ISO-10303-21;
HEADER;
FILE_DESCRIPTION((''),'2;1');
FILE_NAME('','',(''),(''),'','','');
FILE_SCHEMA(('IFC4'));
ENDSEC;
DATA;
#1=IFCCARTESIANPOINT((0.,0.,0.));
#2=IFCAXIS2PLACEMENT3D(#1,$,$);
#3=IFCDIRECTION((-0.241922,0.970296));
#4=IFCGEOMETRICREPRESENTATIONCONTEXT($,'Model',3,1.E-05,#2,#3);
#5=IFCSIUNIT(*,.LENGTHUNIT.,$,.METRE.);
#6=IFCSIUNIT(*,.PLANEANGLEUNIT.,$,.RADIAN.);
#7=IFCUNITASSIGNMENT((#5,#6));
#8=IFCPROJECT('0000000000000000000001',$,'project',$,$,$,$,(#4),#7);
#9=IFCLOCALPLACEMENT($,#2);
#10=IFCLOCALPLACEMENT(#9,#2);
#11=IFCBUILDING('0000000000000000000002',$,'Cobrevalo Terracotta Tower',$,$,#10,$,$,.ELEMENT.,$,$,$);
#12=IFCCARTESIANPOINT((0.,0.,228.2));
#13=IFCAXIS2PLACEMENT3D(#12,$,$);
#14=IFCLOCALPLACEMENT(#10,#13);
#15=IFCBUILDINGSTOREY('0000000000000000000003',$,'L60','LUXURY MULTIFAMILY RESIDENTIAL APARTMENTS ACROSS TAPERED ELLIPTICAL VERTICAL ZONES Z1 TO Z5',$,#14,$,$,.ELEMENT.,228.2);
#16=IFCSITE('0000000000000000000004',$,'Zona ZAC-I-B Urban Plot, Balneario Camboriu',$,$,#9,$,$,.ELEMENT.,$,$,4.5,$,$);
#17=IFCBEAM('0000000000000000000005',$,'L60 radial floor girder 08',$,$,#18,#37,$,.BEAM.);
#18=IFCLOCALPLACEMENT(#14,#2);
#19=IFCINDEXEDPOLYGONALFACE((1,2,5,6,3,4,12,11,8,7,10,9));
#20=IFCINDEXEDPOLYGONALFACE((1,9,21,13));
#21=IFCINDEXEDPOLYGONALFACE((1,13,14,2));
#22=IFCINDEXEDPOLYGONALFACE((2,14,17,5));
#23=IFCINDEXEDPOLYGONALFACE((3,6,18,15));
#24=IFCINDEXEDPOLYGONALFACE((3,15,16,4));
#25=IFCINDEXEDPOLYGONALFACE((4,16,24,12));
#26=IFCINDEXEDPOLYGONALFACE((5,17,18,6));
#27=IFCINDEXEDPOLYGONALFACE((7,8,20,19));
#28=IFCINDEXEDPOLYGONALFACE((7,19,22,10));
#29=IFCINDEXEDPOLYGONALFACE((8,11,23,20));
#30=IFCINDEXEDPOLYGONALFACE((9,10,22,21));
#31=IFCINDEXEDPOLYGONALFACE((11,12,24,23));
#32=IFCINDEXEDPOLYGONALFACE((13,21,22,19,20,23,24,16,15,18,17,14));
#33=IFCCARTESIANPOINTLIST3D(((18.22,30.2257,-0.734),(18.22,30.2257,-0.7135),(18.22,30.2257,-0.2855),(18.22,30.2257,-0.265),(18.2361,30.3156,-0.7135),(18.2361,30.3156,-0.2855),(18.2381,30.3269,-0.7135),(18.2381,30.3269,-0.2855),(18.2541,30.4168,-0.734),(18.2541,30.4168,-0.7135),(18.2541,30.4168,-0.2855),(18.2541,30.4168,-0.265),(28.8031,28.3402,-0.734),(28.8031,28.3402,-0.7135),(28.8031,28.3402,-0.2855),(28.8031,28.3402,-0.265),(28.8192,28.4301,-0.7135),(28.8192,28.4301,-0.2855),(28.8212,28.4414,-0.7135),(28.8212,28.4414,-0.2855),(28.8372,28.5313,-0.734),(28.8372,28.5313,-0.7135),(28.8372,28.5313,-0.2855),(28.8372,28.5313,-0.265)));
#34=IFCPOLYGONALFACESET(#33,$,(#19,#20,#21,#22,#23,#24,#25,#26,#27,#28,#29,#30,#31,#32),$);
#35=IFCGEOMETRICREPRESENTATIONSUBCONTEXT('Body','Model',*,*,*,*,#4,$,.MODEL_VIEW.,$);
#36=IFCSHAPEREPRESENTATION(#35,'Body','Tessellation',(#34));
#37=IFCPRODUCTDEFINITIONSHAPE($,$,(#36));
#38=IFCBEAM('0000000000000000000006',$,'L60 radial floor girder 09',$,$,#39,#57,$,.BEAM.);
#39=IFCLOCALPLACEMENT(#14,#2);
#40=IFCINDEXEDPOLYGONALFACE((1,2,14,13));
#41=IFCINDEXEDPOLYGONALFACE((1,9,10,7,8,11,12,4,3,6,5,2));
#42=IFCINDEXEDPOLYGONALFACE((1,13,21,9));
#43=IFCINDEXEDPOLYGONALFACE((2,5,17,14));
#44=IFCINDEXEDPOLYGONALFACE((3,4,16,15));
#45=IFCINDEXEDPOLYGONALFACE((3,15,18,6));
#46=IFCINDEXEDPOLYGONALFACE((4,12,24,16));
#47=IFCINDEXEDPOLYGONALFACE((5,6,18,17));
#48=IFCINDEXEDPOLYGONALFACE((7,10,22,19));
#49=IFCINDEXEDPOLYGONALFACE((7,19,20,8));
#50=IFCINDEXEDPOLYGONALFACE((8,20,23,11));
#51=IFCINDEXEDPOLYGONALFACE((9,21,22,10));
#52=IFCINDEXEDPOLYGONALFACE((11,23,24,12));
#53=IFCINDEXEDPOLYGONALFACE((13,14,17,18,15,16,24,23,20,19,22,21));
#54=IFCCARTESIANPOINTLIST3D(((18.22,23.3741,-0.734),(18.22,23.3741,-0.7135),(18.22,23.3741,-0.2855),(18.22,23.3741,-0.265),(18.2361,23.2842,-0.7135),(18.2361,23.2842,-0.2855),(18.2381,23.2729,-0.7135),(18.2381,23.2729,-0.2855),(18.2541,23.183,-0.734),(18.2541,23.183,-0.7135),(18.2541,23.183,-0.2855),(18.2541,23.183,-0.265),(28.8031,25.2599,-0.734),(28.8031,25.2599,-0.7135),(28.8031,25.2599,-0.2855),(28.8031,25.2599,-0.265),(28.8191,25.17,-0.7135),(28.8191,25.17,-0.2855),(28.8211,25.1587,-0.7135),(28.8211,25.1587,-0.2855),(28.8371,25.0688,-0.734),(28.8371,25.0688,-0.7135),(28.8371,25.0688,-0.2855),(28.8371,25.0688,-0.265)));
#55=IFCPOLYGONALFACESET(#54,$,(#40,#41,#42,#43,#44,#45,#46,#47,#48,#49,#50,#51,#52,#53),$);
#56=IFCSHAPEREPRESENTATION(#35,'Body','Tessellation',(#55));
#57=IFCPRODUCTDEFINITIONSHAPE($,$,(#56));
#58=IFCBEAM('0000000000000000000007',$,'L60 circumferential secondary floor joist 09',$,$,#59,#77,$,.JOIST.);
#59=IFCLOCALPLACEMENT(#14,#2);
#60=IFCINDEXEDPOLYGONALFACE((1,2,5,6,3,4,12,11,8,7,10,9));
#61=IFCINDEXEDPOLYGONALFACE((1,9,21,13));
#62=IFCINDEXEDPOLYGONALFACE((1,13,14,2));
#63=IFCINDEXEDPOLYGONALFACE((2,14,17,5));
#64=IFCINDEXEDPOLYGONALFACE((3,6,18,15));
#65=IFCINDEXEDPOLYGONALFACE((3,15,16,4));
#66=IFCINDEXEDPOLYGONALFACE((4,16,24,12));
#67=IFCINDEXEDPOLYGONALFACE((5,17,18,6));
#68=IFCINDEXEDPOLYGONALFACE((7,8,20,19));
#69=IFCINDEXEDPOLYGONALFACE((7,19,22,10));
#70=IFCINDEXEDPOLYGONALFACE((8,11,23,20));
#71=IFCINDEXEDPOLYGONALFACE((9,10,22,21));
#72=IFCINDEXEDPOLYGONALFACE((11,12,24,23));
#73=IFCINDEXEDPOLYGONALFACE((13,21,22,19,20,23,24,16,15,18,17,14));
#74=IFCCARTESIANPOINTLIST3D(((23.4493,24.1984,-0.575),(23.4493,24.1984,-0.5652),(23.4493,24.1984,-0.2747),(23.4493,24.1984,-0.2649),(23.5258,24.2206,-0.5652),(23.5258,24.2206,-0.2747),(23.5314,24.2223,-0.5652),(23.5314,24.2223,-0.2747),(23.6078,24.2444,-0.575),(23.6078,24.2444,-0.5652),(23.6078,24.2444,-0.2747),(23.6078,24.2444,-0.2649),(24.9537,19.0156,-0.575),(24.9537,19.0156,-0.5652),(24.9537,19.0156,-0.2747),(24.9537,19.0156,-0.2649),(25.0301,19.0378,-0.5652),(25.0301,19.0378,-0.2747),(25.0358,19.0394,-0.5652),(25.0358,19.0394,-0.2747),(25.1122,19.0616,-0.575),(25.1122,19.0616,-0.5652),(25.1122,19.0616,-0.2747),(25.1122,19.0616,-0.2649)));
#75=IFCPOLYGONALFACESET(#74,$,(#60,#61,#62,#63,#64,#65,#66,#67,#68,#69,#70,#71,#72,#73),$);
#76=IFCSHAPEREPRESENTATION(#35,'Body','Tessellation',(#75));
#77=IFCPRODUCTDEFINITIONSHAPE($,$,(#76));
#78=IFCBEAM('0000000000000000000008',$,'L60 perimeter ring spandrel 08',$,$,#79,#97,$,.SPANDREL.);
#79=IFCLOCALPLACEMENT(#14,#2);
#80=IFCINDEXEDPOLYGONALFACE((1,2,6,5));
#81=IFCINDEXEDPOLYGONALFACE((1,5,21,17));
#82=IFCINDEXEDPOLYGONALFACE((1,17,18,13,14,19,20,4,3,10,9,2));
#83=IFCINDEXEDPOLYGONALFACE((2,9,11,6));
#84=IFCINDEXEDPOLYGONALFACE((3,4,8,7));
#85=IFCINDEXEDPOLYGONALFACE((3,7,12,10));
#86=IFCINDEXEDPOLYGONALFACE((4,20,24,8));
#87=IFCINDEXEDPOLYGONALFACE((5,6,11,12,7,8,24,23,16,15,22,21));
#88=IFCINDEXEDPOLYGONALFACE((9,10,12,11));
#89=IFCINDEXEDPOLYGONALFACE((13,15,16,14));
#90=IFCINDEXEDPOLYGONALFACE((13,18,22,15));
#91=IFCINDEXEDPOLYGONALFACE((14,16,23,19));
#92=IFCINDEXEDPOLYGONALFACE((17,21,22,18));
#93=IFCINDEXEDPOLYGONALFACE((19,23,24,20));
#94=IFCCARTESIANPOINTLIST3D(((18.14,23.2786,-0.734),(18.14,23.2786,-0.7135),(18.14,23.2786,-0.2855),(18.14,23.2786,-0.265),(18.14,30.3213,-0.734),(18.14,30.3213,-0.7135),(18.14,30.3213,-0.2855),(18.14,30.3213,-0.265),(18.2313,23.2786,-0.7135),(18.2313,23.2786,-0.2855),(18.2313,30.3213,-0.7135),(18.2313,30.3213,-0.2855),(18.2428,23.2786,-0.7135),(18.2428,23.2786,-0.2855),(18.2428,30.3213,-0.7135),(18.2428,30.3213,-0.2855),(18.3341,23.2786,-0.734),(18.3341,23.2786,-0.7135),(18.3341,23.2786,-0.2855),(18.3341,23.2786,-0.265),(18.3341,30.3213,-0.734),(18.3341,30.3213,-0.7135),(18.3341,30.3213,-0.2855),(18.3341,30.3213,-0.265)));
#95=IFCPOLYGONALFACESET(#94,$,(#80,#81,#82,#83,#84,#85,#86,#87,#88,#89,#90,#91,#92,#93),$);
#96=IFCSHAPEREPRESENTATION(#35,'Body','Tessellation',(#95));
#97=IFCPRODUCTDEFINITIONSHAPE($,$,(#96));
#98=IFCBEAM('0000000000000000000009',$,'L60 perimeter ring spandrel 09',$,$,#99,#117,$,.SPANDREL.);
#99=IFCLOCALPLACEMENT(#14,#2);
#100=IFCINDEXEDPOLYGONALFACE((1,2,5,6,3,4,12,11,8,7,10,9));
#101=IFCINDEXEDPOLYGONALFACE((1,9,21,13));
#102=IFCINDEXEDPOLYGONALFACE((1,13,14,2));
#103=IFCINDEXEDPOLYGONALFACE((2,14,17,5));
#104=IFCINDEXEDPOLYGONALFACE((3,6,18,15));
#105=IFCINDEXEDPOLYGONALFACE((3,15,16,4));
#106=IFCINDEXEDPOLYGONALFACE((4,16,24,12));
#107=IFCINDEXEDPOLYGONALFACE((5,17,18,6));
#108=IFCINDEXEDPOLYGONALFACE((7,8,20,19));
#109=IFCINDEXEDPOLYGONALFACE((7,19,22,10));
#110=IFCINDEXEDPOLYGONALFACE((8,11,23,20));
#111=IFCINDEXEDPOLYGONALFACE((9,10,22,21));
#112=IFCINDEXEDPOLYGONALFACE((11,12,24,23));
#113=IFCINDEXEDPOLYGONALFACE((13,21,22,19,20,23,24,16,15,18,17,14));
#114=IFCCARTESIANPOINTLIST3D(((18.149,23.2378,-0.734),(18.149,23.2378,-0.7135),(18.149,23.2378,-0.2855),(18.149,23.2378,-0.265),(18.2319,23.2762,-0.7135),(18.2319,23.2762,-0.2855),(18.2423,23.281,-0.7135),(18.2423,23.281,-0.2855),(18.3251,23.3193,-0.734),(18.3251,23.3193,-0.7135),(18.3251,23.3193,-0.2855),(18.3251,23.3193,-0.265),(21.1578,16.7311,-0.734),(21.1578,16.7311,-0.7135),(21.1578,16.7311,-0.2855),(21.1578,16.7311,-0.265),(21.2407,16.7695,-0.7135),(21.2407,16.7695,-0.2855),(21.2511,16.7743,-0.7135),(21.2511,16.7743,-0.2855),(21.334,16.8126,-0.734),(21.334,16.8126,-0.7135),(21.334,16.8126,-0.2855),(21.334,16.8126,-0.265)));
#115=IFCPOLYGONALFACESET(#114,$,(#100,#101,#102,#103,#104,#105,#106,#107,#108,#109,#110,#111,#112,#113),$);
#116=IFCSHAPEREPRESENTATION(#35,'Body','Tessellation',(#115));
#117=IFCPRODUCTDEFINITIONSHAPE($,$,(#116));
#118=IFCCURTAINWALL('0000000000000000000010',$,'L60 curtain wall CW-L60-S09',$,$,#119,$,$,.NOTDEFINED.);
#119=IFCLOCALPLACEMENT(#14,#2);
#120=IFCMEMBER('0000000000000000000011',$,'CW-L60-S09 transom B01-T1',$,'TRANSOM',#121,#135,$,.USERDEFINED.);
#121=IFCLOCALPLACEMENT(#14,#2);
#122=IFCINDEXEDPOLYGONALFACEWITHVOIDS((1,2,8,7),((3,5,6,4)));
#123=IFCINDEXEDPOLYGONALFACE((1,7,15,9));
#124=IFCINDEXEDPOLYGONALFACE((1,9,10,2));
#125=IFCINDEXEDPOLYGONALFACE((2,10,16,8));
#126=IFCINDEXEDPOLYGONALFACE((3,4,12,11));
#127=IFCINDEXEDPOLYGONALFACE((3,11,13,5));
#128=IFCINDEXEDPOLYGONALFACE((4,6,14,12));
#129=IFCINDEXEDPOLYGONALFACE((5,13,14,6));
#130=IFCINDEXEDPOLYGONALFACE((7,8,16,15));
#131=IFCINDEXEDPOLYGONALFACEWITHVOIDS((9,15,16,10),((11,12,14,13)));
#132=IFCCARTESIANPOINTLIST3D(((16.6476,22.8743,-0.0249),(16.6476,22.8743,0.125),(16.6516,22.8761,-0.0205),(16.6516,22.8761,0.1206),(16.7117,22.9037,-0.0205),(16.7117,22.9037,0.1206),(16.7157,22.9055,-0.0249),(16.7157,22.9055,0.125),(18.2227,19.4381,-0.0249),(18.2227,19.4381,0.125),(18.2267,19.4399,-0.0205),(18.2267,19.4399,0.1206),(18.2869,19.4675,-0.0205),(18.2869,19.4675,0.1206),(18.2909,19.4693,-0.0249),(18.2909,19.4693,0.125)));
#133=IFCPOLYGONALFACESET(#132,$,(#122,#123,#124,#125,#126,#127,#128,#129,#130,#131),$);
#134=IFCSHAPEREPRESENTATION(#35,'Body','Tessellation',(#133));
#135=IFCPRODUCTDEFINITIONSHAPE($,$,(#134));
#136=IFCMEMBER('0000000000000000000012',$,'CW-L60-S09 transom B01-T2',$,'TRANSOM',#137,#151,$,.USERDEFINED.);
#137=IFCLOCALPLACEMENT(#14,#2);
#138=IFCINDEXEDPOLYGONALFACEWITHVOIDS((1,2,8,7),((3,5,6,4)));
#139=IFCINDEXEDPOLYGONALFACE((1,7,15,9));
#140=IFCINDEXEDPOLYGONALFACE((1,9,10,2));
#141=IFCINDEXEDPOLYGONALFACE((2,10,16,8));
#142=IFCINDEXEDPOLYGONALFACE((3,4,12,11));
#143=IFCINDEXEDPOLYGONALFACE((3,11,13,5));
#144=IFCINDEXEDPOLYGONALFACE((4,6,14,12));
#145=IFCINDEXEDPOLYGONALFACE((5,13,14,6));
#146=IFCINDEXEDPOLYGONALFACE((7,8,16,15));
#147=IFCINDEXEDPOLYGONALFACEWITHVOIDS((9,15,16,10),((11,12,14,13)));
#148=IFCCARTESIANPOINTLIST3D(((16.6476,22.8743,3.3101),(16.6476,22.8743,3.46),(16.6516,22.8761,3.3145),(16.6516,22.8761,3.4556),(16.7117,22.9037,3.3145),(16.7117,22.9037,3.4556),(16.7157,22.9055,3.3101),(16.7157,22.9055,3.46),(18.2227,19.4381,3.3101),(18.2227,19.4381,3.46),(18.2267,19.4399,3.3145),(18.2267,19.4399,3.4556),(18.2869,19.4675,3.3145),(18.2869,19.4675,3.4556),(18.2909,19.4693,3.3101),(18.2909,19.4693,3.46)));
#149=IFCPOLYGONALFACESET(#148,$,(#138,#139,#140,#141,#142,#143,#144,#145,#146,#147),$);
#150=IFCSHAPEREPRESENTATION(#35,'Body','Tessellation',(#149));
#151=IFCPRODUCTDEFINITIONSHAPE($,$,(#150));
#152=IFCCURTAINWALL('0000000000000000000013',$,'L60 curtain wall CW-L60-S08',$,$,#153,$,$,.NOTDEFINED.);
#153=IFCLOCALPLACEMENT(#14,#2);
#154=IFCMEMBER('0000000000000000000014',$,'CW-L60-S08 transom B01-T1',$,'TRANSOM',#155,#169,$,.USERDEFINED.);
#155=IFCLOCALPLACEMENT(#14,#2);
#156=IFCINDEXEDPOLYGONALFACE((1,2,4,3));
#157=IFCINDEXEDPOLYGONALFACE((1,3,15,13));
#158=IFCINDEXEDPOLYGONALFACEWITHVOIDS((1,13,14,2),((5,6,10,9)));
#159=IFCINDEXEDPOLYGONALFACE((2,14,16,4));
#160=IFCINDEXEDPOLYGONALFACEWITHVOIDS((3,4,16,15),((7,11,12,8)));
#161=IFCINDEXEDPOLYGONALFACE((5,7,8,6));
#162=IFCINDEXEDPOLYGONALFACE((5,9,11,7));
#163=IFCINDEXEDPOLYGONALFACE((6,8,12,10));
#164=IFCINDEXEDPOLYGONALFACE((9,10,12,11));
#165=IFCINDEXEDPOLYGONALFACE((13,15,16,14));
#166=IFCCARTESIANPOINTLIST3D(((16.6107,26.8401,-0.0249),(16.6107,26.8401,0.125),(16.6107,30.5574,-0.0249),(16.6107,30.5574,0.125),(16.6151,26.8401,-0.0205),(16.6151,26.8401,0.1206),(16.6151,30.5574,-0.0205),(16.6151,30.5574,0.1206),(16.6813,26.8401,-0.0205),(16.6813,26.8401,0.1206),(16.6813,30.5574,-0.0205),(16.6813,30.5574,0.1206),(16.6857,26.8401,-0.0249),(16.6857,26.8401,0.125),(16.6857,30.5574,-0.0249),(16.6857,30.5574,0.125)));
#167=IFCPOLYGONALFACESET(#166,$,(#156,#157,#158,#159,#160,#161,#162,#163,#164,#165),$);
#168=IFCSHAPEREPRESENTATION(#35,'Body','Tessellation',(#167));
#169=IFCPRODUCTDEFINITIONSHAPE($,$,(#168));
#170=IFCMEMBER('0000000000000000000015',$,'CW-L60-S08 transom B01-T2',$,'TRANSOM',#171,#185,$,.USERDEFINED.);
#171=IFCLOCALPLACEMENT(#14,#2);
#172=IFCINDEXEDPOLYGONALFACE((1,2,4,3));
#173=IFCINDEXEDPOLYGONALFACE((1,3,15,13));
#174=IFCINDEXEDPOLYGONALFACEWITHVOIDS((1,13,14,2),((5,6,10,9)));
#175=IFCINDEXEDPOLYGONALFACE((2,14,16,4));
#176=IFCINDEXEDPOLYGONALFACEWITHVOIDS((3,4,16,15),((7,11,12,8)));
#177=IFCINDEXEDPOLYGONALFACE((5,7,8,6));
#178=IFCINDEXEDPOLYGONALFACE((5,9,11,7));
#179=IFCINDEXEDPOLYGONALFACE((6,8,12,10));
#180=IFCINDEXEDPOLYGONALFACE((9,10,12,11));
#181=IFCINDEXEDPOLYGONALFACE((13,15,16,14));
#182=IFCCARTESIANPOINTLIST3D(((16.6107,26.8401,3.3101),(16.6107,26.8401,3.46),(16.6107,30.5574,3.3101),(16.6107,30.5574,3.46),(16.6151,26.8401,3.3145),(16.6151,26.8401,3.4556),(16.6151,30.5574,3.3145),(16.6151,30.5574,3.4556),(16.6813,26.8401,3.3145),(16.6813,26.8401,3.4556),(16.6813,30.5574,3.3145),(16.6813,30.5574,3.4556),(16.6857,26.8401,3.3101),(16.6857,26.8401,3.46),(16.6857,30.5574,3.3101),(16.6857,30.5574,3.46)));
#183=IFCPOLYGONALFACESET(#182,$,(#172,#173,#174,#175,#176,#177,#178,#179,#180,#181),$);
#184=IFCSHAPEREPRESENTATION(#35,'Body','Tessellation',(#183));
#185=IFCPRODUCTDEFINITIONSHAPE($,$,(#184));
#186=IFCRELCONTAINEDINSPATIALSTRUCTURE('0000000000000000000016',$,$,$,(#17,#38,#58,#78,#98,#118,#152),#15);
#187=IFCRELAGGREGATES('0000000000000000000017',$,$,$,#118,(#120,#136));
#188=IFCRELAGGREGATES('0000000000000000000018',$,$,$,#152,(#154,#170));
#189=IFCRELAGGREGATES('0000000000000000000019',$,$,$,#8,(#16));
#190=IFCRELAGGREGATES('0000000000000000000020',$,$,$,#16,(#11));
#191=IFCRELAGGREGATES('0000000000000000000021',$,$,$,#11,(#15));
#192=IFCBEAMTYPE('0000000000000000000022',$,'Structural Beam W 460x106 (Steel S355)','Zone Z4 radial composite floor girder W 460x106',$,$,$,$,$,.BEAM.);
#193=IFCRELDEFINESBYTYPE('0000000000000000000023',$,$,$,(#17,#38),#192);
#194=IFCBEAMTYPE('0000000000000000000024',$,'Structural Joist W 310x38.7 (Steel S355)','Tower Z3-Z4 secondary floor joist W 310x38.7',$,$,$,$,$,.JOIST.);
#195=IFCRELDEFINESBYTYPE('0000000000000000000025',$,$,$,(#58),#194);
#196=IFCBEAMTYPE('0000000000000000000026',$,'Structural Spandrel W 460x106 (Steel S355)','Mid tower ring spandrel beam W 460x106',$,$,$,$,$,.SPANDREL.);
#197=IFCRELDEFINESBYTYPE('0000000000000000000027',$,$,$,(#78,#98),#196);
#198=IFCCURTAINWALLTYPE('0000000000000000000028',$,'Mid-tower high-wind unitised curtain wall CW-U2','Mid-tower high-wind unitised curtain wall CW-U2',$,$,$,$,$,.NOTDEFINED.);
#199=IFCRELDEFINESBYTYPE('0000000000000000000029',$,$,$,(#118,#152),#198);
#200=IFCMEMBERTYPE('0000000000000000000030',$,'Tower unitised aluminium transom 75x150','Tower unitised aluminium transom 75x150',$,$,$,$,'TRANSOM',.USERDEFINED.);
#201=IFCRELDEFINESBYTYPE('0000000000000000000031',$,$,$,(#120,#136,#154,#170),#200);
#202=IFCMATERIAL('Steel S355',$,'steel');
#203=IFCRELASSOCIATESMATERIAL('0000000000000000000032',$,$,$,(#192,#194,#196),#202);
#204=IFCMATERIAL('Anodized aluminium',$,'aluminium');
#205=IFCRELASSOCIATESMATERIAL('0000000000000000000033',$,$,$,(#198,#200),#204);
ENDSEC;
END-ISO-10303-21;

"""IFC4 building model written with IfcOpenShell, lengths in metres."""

from ifc_helpers import new_model, si_unit, direction, frame, origin, origin_2d, place, context, subcontext, project, spatial, hollow_rectangle, i_section, extrude, source, transform, mapped, material, material_profile, profile_set, type_object, element, aggregate, save


model = new_model("IFC4")

# Units and contexts
model_context = context("Model", 3, precision=1e-05, world=origin(), true_north=direction((-0.241922, 0.970296)))
body_context = subcontext(model_context, "Body", "Model", "MODEL_VIEW")
ifc_project = project(units=[si_unit("LENGTHUNIT", "METRE"), si_unit("PLANEANGLEUNIT", "RADIAN")], contexts=[model_context])

# Site, building, storey
site_placement = place(None, origin())
site = spatial("IfcSite", under=ifc_project, at=site_placement, Name="Zona ZAC-I-B Urban Plot, Balneario Camboriu", CompositionType="ELEMENT", RefElevation=4.5)
building_placement = place(site_placement, origin())
building = spatial("IfcBuilding", under=site, at=building_placement, Name="Cobrevalo Terracotta Tower", CompositionType="ELEMENT")
storey_placement = place(building_placement, frame((0.0, 0.0, 228.2)))
storey = spatial("IfcBuildingStorey", under=building, at=storey_placement, Name="L60", Description="LUXURY MULTIFAMILY RESIDENTIAL APARTMENTS ACROSS TAPERED ELLIPTICAL VERTICAL ZONES Z1 TO Z5", CompositionType="ELEMENT", Elevation=228.2)

# Shared definitions
ifc_material_1 = material(Name="Steel S355", Category="steel")

# Beams
ifc_material_profile_1 = material_profile(ifc_material_1, i_section(OverallWidth=0.1941, OverallDepth=0.469, WebThickness=0.0115, FlangeThickness=0.0205, at=origin_2d()), Name="W 460x106")
ifc_profile_set_1 = profile_set([ifc_material_profile_1], Name="Steel S355")
beam_type_1 = type_object("IfcBeamType", Name="Structural Beam W 460x106 (Steel S355)", Description="Zone Z4 radial composite floor girder W 460x106", PredefinedType="BEAM", material=ifc_profile_set_1)
for number, where, z_axis, x_axis, name in (
    (1, (18.2371, 30.3213, -0.4995), (0.984497, -0.175401, 0.0), (0.175401, 0.984497, 0.0), "L60 radial floor girder 08"),
    (2, (18.2371, 23.2786, -0.4995), (0.984493, 0.175423, 0.0), (-0.175423, 0.984493, 0.0), "L60 radial floor girder 09"),
):
    element("IfcBeam", number, at=place(storey_placement, frame(where, z_axis=z_axis, x_axis=x_axis)), inside=storey, type_object=beam_type_1, Name=name, PredefinedType="BEAM", context=body_context, shape_type="SweptSolid", body=[
        extrude(i_section(OverallWidth=0.1941, OverallDepth=0.469, WebThickness=0.0115, FlangeThickness=0.0205, at=origin_2d()), origin(), (0.0, 0.0, 1.0), 10.7498),
    ])
ifc_material_profile_2 = material_profile(ifc_material_1, i_section(OverallWidth=0.165, OverallDepth=0.3101, WebThickness=0.0059, FlangeThickness=0.0098, at=origin_2d()), Name="W 310x38.7")
ifc_profile_set_2 = profile_set([ifc_material_profile_2], Name="Steel S355")
beam_type_2 = type_object("IfcBeamType", Name="Structural Joist W 310x38.7 (Steel S355)", Description="Tower Z3-Z4 secondary floor joist W 310x38.7", PredefinedType="JOIST", material=ifc_profile_set_2)
beam_1_placement = place(storey_placement, frame((23.5286, 24.2214, -0.4199), z_axis=(0.278758, -0.960361, 0.0), x_axis=(0.960361, 0.278758, 0.0)))
element("IfcBeam", 3, at=beam_1_placement, inside=storey, type_object=beam_type_2, Name="L60 circumferential secondary floor joist 09", PredefinedType="JOIST", context=body_context, shape_type="SweptSolid", body=[
    extrude(i_section(OverallWidth=0.165, OverallDepth=0.3101, WebThickness=0.0059, FlangeThickness=0.0098, at=origin_2d()), origin(), (0.0, 0.0, 1.0), 5.3967),
])
ifc_material_profile_3 = material_profile(ifc_material_1, i_section(OverallWidth=0.1941, OverallDepth=0.469, WebThickness=0.0115, FlangeThickness=0.0205, at=origin_2d()), Name="W 460x106")
ifc_profile_set_3 = profile_set([ifc_material_profile_3], Name="Steel S355")
beam_type_3 = type_object("IfcBeamType", Name="Structural Spandrel W 460x106 (Steel S355)", Description="Mid tower ring spandrel beam W 460x106", PredefinedType="SPANDREL", material=ifc_profile_set_3)
beam_2_placement = place(storey_placement, frame((18.2371, 30.3213, -0.4995), z_axis=(0.0, -1.0, 0.0), x_axis=(1.0, 0.0, 0.0)))
element("IfcBeam", 4, at=beam_2_placement, inside=storey, type_object=beam_type_3, Name="L60 perimeter ring spandrel 08", PredefinedType="SPANDREL", context=body_context, shape_type="SweptSolid", body=[
    extrude(i_section(OverallWidth=0.1941, OverallDepth=0.469, WebThickness=0.0115, FlangeThickness=0.0205, at=origin_2d()), origin(), (0.0, 0.0, 1.0), 7.0427),
])
beam_3_placement = place(storey_placement, frame((18.2371, 23.2786, -0.4995), z_axis=(0.419719, -0.907654, 0.0), x_axis=(0.907654, 0.419719, 0.0)))
element("IfcBeam", 5, at=beam_3_placement, inside=storey, type_object=beam_type_3, Name="L60 perimeter ring spandrel 09", PredefinedType="SPANDREL", context=body_context, shape_type="SweptSolid", body=[
    extrude(i_section(OverallWidth=0.1941, OverallDepth=0.469, WebThickness=0.0115, FlangeThickness=0.0205, at=origin_2d()), origin(), (0.0, 0.0, 1.0), 7.1687),
])

# Curtain walls, members
ifc_material_2 = material(Name="Anodized aluminium", Category="aluminium")
curtain_wall_type = type_object("IfcCurtainWallType", Name="Mid-tower high-wind unitised curtain wall CW-U2", Description="Mid-tower high-wind unitised curtain wall CW-U2", PredefinedType="NOTDEFINED", material=ifc_material_2)
curtain_wall_1_placement = place(storey_placement, origin())
curtain_wall_1 = element("IfcCurtainWall", 6, at=curtain_wall_1_placement, inside=storey, type_object=curtain_wall_type, Name="L60 curtain wall CW-L60-S09", PredefinedType="NOTDEFINED")
ifc_material_profile_4 = material_profile(ifc_material_2, hollow_rectangle(XDim=0.075, YDim=0.1499, WallThickness=0.0044, at=origin_2d()), Name="CWT 75x150")
ifc_profile_set_4 = profile_set([ifc_material_profile_4], Name="Anodized aluminium")
member_type_1 = type_object("IfcMemberType", Name="Tower unitised aluminium transom 75x150", Description="Tower unitised aluminium transom 75x150", ElementType="TRANSOM", PredefinedType="USERDEFINED", material=ifc_profile_set_4)
shared_shape_1 = source(origin(), body_context, "Body", "SweptSolid", [
    extrude(hollow_rectangle(XDim=0.075, YDim=0.1499, WallThickness=0.0044, at=origin_2d()), origin(), (0.0, 0.0, 1.0), 3.78),
])
member_1_placement = place(storey_placement, frame((16.6816, 22.8899, 0.05), z_axis=(0.416706, -0.909041, 0.0), x_axis=(0.909041, 0.416706, 0.0)))
member_1 = element("IfcMember", 7, at=member_1_placement, type_object=member_type_1, Name="CW-L60-S09 transom B01-T1", ObjectType="TRANSOM", PredefinedType="USERDEFINED", context=body_context, shape_type="MappedRepresentation", body=[
    mapped(shared_shape_1, transform((0.0, 0.0, 0.0), scale=1.0)),
])
member_2_placement = place(storey_placement, frame((16.6816, 22.8899, 3.385), z_axis=(0.416706, -0.909041, 0.0), x_axis=(0.909041, 0.416706, 0.0)))
member_2 = element("IfcMember", 8, at=member_2_placement, type_object=member_type_1, Name="CW-L60-S09 transom B01-T2", ObjectType="TRANSOM", PredefinedType="USERDEFINED", context=body_context, shape_type="MappedRepresentation", body=[
    mapped(shared_shape_1, transform((0.0, 0.0, 0.0), scale=1.0)),
])
curtain_wall_2_placement = place(storey_placement, origin())
curtain_wall_2 = element("IfcCurtainWall", 9, at=curtain_wall_2_placement, inside=storey, type_object=curtain_wall_type, Name="L60 curtain wall CW-L60-S08", PredefinedType="NOTDEFINED")
shared_shape_2 = source(origin(), body_context, "Body", "SweptSolid", [
    extrude(hollow_rectangle(XDim=0.075, YDim=0.1499, WallThickness=0.0044, at=origin_2d()), origin(), (0.0, 0.0, 1.0), 3.7173),
])
member_3_placement = place(storey_placement, frame((16.6482, 30.5574, 0.05), z_axis=(0.0, -1.0, 0.0), x_axis=(1.0, 0.0, 0.0)))
member_3 = element("IfcMember", 10, at=member_3_placement, type_object=member_type_1, Name="CW-L60-S08 transom B01-T1", ObjectType="TRANSOM", PredefinedType="USERDEFINED", context=body_context, shape_type="MappedRepresentation", body=[
    mapped(shared_shape_2, transform((0.0, 0.0, 0.0), scale=1.0)),
])
member_4_placement = place(storey_placement, frame((16.6482, 30.5574, 3.385), z_axis=(0.0, -1.0, 0.0), x_axis=(1.0, 0.0, 0.0)))
member_4 = element("IfcMember", 11, at=member_4_placement, type_object=member_type_1, Name="CW-L60-S08 transom B01-T2", ObjectType="TRANSOM", PredefinedType="USERDEFINED", context=body_context, shape_type="MappedRepresentation", body=[
    mapped(shared_shape_2, transform((0.0, 0.0, 0.0), scale=1.0)),
])

aggregate(curtain_wall_1, [member_1, member_2])

aggregate(curtain_wall_2, [member_3, member_4])

save(model, "model.ifc")
